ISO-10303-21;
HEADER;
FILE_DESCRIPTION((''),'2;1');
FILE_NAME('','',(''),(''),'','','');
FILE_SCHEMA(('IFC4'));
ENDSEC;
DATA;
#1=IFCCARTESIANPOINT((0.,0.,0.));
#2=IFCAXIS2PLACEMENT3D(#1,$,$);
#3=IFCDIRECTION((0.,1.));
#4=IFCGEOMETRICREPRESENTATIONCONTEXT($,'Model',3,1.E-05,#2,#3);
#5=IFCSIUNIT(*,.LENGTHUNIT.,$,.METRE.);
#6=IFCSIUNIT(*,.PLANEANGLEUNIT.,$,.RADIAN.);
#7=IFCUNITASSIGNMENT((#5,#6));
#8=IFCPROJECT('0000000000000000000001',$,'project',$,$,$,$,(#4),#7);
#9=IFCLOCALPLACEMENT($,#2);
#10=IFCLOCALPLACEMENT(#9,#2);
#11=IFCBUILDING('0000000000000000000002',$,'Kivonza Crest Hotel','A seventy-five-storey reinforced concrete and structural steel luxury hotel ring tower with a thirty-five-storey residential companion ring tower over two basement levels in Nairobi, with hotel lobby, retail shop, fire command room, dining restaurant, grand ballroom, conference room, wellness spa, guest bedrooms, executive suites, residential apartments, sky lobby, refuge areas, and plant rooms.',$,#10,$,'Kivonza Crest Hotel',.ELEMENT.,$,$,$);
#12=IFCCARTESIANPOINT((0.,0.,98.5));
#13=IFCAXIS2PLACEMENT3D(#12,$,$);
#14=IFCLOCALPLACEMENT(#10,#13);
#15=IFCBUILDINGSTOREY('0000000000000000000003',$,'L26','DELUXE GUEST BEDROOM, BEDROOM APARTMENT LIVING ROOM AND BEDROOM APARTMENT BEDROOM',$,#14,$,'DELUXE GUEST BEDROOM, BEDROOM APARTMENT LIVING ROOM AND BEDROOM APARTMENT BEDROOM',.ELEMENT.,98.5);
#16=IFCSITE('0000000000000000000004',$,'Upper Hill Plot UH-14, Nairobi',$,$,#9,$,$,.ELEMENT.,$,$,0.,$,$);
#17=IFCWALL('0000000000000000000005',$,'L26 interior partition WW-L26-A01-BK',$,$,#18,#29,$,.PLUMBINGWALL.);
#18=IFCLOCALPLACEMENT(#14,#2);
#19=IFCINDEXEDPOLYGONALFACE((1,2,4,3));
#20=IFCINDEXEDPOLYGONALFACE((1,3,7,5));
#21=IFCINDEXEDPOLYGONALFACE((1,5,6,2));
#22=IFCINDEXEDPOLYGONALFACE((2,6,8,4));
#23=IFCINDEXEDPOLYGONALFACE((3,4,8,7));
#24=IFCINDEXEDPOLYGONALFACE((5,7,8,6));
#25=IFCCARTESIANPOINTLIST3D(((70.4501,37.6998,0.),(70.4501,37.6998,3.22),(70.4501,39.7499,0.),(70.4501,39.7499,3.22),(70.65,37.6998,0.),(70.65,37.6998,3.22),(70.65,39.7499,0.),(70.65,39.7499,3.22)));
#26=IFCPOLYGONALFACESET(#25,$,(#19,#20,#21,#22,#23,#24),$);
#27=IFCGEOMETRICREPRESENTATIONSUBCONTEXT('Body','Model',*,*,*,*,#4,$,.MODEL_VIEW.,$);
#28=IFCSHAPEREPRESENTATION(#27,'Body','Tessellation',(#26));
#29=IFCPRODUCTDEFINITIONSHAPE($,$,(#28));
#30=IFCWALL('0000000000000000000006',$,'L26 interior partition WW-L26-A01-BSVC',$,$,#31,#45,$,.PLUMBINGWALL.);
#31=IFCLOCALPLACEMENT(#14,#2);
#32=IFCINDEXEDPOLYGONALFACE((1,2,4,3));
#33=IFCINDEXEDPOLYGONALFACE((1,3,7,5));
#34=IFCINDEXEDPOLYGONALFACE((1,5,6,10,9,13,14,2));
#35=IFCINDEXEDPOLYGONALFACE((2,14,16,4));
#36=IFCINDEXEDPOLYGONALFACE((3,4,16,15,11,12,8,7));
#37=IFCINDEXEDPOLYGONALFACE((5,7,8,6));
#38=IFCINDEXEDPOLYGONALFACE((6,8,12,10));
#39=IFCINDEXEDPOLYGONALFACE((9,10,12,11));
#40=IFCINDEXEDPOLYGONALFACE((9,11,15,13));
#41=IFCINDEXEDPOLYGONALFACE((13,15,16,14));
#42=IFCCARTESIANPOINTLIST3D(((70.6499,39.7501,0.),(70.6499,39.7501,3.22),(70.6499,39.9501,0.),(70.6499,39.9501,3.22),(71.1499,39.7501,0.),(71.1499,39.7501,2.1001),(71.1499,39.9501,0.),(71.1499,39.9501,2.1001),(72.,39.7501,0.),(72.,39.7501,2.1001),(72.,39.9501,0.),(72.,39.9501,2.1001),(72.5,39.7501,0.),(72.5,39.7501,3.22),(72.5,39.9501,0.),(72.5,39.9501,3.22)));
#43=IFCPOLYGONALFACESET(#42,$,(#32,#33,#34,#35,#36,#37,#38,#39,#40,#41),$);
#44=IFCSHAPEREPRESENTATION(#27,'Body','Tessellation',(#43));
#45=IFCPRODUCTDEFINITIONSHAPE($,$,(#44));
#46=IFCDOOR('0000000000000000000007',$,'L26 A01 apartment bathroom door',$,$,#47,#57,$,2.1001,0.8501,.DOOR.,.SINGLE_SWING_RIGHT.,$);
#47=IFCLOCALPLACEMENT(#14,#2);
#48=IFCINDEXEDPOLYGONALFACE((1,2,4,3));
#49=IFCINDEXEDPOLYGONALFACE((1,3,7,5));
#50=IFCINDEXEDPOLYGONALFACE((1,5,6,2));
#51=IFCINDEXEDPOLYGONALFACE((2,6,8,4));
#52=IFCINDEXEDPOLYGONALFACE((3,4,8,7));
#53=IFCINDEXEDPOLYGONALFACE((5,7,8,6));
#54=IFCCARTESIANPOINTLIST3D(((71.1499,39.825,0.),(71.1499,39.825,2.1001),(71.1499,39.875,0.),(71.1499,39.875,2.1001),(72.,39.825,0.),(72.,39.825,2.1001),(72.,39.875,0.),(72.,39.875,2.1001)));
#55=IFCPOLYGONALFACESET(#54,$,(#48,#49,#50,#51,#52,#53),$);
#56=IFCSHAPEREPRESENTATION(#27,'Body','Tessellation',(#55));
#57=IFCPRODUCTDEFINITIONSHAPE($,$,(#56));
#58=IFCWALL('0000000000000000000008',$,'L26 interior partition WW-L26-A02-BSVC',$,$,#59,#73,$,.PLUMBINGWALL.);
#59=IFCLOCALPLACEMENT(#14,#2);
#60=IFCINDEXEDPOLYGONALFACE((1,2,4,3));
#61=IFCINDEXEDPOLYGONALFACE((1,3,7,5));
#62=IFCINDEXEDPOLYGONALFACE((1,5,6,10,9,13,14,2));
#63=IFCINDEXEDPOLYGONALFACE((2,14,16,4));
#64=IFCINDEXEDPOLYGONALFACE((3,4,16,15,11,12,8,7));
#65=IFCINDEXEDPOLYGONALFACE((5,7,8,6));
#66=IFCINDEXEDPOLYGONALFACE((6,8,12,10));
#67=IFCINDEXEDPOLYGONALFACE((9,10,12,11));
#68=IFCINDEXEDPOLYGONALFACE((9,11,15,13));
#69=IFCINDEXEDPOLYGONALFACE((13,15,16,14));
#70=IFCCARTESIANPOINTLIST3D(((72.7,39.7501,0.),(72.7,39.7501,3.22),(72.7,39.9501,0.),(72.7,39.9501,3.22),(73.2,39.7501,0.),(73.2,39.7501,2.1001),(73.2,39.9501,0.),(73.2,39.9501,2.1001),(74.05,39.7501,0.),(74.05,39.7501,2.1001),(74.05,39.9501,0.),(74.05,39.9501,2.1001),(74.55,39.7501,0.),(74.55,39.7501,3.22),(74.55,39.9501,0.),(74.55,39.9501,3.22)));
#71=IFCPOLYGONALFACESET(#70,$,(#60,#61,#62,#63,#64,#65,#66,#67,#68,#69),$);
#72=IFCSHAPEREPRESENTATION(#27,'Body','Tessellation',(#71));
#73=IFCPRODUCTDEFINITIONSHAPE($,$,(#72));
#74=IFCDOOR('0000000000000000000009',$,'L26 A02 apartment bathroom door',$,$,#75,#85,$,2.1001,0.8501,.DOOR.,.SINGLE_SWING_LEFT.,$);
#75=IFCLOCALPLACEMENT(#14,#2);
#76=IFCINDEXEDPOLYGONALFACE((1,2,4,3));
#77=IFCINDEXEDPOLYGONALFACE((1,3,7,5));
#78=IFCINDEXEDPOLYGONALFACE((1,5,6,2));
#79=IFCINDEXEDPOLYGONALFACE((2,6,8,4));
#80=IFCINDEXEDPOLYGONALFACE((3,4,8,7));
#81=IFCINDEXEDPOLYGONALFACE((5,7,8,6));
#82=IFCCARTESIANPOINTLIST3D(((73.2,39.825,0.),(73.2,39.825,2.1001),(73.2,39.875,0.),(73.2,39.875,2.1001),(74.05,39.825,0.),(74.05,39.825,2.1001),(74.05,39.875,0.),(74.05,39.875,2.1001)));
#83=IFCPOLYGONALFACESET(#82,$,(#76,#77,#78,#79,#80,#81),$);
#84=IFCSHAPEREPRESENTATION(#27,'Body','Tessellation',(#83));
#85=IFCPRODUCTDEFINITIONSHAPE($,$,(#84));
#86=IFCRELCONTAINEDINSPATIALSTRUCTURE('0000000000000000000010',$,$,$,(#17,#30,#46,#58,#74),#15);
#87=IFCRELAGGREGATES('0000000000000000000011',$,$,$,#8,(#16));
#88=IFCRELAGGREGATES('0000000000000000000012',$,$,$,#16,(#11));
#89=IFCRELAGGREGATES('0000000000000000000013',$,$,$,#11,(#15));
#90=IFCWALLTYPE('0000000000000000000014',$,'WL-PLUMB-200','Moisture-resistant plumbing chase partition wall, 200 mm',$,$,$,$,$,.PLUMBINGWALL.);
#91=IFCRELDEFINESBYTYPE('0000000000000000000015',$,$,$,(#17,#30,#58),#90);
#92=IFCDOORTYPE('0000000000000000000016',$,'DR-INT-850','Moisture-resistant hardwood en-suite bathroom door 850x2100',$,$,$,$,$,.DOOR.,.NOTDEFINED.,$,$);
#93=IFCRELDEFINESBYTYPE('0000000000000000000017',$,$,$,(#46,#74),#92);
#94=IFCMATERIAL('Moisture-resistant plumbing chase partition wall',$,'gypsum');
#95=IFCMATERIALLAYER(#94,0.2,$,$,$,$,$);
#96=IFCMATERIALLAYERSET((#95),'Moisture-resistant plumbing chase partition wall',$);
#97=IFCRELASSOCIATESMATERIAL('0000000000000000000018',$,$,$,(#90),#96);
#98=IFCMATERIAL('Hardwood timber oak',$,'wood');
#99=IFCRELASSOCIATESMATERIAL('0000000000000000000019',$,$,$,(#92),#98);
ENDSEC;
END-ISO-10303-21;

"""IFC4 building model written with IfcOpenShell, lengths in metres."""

from ifc_helpers import new_model, si_unit, direction, frame, frame_2d, origin, place, context, subcontext, project, spatial, rectangle, extrude, material, layer, layer_set, type_object, element, fill, save


model = new_model("IFC4")

# Units and contexts
model_context = context("Model", 3, precision=1e-05, world=origin(), true_north=direction((0.0, 1.0)))
body_context = subcontext(model_context, "Body", "Model", "MODEL_VIEW")
ifc_project = project(units=[si_unit("LENGTHUNIT", "METRE"), si_unit("PLANEANGLEUNIT", "RADIAN")], contexts=[model_context])

# Site, building, storey
site_placement = place(None, origin())
site = spatial("IfcSite", under=ifc_project, at=site_placement, Name="Upper Hill Plot UH-14, Nairobi", CompositionType="ELEMENT", RefElevation=0.0)
building_placement = place(site_placement, origin())
building = spatial("IfcBuilding", under=site, at=building_placement, Name="Kivonza Crest Hotel", Description="A seventy-five-storey reinforced concrete and structural steel luxury hotel ring tower with a thirty-five-storey residential companion ring tower over two basement levels in Nairobi, with hotel lobby, retail shop, fire command room, dining restaurant, grand ballroom, conference room, wellness spa, guest bedrooms, executive suites, residential apartments, sky lobby, refuge areas, and plant rooms.", LongName="Kivonza Crest Hotel", CompositionType="ELEMENT")
storey_placement = place(building_placement, frame((0.0, 0.0, 98.5)))
storey = spatial("IfcBuildingStorey", under=building, at=storey_placement, Name="L26", Description="DELUXE GUEST BEDROOM, BEDROOM APARTMENT LIVING ROOM AND BEDROOM APARTMENT BEDROOM", LongName="DELUXE GUEST BEDROOM, BEDROOM APARTMENT LIVING ROOM AND BEDROOM APARTMENT BEDROOM", CompositionType="ELEMENT", Elevation=98.5)

# Shared definitions
ifc_material_1 = material(Name="Hardwood timber oak", Category="wood")

# Wall
ifc_material_2 = material(Name="Moisture-resistant plumbing chase partition wall", Category="gypsum")
ifc_layer_1 = layer(ifc_material_2, 0.2)
ifc_layer_set_1 = layer_set([ifc_layer_1], Name="Moisture-resistant plumbing chase partition wall")
wall_type_1 = type_object("IfcWallType", Name="WL-PLUMB-200", Description="Moisture-resistant plumbing chase partition wall, 200 mm", PredefinedType="PLUMBINGWALL", material=ifc_layer_set_1)
wall_1_placement = place(storey_placement, frame((70.55, 37.7, 0.0), z_axis=(0.0, 0.0, 1.0), x_axis=(0.0, 1.0, 0.0)))
element("IfcWall", 1, at=wall_1_placement, inside=storey, type_object=wall_type_1, Name="L26 interior partition WW-L26-A01-BK", PredefinedType="PLUMBINGWALL", context=body_context, shape_type="SweptSolid", body=[
    extrude(rectangle(XDim=2.05, YDim=0.2, at=frame_2d((1.0249, 0.0))), origin(), (0.0, 0.0, 1.0), 3.22),
])

# Walls, openings, doors
wall_2_placement = place(storey_placement, frame((70.6499, 39.8501, 0.0), z_axis=(0.0, 0.0, 1.0), x_axis=(1.0, 0.0, 0.0)))
wall_2 = element("IfcWall", 2, at=wall_2_placement, inside=storey, type_object=wall_type_1, Name="L26 interior partition WW-L26-A01-BSVC", PredefinedType="PLUMBINGWALL", context=body_context, shape_type="SweptSolid", body=[
    extrude(rectangle(XDim=1.8501, YDim=0.2, at=frame_2d((0.925, 0.0))), origin(), (0.0, 0.0, 1.0), 3.22),
])
opening_1_placement = place(wall_2_placement, frame((0.5, 0.0, 0.0)))
opening_1 = element("IfcOpeningElement", 3, at=opening_1_placement, cuts=wall_2, PredefinedType="OPENING", context=body_context, shape_type="SweptSolid", body=[
    extrude(rectangle(XDim=0.8501, YDim=2.1001, at=frame_2d((0.425, 1.05))), frame((0.0, 0.1099, 0.0), z_axis=(0.0, -1.0, 0.0), x_axis=(1.0, 0.0, 0.0)), (0.0, 0.0, 1.0), 0.22),
])
door_type_1 = type_object("IfcDoorType", Name="DR-INT-850", Description="Moisture-resistant hardwood en-suite bathroom door 850x2100", OperationType="NOTDEFINED", PredefinedType="DOOR", material=ifc_material_1)
door_1_placement = place(opening_1_placement, origin())
door_1 = element("IfcDoor", 4, at=door_1_placement, inside=storey, type_object=door_type_1, Name="L26 A01 apartment bathroom door", OperationType="SINGLE_SWING_RIGHT", OverallHeight=2.1001, OverallWidth=0.8501, PredefinedType="DOOR", context=body_context, shape_type="SweptSolid", body=[
    extrude(rectangle(XDim=0.8501, YDim=2.1001, at=frame_2d((0.425, 1.05))), frame((0.0, 0.0249, 0.0), z_axis=(0.0, -1.0, 0.0), x_axis=(1.0, 0.0, 0.0)), (0.0, 0.0, 1.0), 0.05),
])
fill(opening_1, door_1)
wall_3_placement = place(storey_placement, frame((72.7, 39.8501, 0.0), z_axis=(0.0, 0.0, 1.0), x_axis=(1.0, 0.0, 0.0)))
wall_3 = element("IfcWall", 5, at=wall_3_placement, inside=storey, type_object=wall_type_1, Name="L26 interior partition WW-L26-A02-BSVC", PredefinedType="PLUMBINGWALL", context=body_context, shape_type="SweptSolid", body=[
    extrude(rectangle(XDim=1.8501, YDim=0.2, at=frame_2d((0.925, 0.0))), origin(), (0.0, 0.0, 1.0), 3.22),
])
opening_2_placement = place(wall_3_placement, frame((0.5, 0.0, 0.0)))
opening_2 = element("IfcOpeningElement", 6, at=opening_2_placement, cuts=wall_3, PredefinedType="OPENING", context=body_context, shape_type="SweptSolid", body=[
    extrude(rectangle(XDim=0.8501, YDim=2.1001, at=frame_2d((0.425, 1.05))), frame((0.0, 0.1099, 0.0), z_axis=(0.0, -1.0, 0.0), x_axis=(1.0, 0.0, 0.0)), (0.0, 0.0, 1.0), 0.22),
])
door_2_placement = place(opening_2_placement, origin())
door_2 = element("IfcDoor", 7, at=door_2_placement, inside=storey, type_object=door_type_1, Name="L26 A02 apartment bathroom door", OperationType="SINGLE_SWING_LEFT", OverallHeight=2.1001, OverallWidth=0.8501, PredefinedType="DOOR", context=body_context, shape_type="SweptSolid", body=[
    extrude(rectangle(XDim=0.8501, YDim=2.1001, at=frame_2d((0.425, 1.05))), frame((0.0, 0.0249, 0.0), z_axis=(0.0, -1.0, 0.0), x_axis=(1.0, 0.0, 0.0)), (0.0, 0.0, 1.0), 0.05),
])
fill(opening_2, door_2)

save(model, "model.ifc")
